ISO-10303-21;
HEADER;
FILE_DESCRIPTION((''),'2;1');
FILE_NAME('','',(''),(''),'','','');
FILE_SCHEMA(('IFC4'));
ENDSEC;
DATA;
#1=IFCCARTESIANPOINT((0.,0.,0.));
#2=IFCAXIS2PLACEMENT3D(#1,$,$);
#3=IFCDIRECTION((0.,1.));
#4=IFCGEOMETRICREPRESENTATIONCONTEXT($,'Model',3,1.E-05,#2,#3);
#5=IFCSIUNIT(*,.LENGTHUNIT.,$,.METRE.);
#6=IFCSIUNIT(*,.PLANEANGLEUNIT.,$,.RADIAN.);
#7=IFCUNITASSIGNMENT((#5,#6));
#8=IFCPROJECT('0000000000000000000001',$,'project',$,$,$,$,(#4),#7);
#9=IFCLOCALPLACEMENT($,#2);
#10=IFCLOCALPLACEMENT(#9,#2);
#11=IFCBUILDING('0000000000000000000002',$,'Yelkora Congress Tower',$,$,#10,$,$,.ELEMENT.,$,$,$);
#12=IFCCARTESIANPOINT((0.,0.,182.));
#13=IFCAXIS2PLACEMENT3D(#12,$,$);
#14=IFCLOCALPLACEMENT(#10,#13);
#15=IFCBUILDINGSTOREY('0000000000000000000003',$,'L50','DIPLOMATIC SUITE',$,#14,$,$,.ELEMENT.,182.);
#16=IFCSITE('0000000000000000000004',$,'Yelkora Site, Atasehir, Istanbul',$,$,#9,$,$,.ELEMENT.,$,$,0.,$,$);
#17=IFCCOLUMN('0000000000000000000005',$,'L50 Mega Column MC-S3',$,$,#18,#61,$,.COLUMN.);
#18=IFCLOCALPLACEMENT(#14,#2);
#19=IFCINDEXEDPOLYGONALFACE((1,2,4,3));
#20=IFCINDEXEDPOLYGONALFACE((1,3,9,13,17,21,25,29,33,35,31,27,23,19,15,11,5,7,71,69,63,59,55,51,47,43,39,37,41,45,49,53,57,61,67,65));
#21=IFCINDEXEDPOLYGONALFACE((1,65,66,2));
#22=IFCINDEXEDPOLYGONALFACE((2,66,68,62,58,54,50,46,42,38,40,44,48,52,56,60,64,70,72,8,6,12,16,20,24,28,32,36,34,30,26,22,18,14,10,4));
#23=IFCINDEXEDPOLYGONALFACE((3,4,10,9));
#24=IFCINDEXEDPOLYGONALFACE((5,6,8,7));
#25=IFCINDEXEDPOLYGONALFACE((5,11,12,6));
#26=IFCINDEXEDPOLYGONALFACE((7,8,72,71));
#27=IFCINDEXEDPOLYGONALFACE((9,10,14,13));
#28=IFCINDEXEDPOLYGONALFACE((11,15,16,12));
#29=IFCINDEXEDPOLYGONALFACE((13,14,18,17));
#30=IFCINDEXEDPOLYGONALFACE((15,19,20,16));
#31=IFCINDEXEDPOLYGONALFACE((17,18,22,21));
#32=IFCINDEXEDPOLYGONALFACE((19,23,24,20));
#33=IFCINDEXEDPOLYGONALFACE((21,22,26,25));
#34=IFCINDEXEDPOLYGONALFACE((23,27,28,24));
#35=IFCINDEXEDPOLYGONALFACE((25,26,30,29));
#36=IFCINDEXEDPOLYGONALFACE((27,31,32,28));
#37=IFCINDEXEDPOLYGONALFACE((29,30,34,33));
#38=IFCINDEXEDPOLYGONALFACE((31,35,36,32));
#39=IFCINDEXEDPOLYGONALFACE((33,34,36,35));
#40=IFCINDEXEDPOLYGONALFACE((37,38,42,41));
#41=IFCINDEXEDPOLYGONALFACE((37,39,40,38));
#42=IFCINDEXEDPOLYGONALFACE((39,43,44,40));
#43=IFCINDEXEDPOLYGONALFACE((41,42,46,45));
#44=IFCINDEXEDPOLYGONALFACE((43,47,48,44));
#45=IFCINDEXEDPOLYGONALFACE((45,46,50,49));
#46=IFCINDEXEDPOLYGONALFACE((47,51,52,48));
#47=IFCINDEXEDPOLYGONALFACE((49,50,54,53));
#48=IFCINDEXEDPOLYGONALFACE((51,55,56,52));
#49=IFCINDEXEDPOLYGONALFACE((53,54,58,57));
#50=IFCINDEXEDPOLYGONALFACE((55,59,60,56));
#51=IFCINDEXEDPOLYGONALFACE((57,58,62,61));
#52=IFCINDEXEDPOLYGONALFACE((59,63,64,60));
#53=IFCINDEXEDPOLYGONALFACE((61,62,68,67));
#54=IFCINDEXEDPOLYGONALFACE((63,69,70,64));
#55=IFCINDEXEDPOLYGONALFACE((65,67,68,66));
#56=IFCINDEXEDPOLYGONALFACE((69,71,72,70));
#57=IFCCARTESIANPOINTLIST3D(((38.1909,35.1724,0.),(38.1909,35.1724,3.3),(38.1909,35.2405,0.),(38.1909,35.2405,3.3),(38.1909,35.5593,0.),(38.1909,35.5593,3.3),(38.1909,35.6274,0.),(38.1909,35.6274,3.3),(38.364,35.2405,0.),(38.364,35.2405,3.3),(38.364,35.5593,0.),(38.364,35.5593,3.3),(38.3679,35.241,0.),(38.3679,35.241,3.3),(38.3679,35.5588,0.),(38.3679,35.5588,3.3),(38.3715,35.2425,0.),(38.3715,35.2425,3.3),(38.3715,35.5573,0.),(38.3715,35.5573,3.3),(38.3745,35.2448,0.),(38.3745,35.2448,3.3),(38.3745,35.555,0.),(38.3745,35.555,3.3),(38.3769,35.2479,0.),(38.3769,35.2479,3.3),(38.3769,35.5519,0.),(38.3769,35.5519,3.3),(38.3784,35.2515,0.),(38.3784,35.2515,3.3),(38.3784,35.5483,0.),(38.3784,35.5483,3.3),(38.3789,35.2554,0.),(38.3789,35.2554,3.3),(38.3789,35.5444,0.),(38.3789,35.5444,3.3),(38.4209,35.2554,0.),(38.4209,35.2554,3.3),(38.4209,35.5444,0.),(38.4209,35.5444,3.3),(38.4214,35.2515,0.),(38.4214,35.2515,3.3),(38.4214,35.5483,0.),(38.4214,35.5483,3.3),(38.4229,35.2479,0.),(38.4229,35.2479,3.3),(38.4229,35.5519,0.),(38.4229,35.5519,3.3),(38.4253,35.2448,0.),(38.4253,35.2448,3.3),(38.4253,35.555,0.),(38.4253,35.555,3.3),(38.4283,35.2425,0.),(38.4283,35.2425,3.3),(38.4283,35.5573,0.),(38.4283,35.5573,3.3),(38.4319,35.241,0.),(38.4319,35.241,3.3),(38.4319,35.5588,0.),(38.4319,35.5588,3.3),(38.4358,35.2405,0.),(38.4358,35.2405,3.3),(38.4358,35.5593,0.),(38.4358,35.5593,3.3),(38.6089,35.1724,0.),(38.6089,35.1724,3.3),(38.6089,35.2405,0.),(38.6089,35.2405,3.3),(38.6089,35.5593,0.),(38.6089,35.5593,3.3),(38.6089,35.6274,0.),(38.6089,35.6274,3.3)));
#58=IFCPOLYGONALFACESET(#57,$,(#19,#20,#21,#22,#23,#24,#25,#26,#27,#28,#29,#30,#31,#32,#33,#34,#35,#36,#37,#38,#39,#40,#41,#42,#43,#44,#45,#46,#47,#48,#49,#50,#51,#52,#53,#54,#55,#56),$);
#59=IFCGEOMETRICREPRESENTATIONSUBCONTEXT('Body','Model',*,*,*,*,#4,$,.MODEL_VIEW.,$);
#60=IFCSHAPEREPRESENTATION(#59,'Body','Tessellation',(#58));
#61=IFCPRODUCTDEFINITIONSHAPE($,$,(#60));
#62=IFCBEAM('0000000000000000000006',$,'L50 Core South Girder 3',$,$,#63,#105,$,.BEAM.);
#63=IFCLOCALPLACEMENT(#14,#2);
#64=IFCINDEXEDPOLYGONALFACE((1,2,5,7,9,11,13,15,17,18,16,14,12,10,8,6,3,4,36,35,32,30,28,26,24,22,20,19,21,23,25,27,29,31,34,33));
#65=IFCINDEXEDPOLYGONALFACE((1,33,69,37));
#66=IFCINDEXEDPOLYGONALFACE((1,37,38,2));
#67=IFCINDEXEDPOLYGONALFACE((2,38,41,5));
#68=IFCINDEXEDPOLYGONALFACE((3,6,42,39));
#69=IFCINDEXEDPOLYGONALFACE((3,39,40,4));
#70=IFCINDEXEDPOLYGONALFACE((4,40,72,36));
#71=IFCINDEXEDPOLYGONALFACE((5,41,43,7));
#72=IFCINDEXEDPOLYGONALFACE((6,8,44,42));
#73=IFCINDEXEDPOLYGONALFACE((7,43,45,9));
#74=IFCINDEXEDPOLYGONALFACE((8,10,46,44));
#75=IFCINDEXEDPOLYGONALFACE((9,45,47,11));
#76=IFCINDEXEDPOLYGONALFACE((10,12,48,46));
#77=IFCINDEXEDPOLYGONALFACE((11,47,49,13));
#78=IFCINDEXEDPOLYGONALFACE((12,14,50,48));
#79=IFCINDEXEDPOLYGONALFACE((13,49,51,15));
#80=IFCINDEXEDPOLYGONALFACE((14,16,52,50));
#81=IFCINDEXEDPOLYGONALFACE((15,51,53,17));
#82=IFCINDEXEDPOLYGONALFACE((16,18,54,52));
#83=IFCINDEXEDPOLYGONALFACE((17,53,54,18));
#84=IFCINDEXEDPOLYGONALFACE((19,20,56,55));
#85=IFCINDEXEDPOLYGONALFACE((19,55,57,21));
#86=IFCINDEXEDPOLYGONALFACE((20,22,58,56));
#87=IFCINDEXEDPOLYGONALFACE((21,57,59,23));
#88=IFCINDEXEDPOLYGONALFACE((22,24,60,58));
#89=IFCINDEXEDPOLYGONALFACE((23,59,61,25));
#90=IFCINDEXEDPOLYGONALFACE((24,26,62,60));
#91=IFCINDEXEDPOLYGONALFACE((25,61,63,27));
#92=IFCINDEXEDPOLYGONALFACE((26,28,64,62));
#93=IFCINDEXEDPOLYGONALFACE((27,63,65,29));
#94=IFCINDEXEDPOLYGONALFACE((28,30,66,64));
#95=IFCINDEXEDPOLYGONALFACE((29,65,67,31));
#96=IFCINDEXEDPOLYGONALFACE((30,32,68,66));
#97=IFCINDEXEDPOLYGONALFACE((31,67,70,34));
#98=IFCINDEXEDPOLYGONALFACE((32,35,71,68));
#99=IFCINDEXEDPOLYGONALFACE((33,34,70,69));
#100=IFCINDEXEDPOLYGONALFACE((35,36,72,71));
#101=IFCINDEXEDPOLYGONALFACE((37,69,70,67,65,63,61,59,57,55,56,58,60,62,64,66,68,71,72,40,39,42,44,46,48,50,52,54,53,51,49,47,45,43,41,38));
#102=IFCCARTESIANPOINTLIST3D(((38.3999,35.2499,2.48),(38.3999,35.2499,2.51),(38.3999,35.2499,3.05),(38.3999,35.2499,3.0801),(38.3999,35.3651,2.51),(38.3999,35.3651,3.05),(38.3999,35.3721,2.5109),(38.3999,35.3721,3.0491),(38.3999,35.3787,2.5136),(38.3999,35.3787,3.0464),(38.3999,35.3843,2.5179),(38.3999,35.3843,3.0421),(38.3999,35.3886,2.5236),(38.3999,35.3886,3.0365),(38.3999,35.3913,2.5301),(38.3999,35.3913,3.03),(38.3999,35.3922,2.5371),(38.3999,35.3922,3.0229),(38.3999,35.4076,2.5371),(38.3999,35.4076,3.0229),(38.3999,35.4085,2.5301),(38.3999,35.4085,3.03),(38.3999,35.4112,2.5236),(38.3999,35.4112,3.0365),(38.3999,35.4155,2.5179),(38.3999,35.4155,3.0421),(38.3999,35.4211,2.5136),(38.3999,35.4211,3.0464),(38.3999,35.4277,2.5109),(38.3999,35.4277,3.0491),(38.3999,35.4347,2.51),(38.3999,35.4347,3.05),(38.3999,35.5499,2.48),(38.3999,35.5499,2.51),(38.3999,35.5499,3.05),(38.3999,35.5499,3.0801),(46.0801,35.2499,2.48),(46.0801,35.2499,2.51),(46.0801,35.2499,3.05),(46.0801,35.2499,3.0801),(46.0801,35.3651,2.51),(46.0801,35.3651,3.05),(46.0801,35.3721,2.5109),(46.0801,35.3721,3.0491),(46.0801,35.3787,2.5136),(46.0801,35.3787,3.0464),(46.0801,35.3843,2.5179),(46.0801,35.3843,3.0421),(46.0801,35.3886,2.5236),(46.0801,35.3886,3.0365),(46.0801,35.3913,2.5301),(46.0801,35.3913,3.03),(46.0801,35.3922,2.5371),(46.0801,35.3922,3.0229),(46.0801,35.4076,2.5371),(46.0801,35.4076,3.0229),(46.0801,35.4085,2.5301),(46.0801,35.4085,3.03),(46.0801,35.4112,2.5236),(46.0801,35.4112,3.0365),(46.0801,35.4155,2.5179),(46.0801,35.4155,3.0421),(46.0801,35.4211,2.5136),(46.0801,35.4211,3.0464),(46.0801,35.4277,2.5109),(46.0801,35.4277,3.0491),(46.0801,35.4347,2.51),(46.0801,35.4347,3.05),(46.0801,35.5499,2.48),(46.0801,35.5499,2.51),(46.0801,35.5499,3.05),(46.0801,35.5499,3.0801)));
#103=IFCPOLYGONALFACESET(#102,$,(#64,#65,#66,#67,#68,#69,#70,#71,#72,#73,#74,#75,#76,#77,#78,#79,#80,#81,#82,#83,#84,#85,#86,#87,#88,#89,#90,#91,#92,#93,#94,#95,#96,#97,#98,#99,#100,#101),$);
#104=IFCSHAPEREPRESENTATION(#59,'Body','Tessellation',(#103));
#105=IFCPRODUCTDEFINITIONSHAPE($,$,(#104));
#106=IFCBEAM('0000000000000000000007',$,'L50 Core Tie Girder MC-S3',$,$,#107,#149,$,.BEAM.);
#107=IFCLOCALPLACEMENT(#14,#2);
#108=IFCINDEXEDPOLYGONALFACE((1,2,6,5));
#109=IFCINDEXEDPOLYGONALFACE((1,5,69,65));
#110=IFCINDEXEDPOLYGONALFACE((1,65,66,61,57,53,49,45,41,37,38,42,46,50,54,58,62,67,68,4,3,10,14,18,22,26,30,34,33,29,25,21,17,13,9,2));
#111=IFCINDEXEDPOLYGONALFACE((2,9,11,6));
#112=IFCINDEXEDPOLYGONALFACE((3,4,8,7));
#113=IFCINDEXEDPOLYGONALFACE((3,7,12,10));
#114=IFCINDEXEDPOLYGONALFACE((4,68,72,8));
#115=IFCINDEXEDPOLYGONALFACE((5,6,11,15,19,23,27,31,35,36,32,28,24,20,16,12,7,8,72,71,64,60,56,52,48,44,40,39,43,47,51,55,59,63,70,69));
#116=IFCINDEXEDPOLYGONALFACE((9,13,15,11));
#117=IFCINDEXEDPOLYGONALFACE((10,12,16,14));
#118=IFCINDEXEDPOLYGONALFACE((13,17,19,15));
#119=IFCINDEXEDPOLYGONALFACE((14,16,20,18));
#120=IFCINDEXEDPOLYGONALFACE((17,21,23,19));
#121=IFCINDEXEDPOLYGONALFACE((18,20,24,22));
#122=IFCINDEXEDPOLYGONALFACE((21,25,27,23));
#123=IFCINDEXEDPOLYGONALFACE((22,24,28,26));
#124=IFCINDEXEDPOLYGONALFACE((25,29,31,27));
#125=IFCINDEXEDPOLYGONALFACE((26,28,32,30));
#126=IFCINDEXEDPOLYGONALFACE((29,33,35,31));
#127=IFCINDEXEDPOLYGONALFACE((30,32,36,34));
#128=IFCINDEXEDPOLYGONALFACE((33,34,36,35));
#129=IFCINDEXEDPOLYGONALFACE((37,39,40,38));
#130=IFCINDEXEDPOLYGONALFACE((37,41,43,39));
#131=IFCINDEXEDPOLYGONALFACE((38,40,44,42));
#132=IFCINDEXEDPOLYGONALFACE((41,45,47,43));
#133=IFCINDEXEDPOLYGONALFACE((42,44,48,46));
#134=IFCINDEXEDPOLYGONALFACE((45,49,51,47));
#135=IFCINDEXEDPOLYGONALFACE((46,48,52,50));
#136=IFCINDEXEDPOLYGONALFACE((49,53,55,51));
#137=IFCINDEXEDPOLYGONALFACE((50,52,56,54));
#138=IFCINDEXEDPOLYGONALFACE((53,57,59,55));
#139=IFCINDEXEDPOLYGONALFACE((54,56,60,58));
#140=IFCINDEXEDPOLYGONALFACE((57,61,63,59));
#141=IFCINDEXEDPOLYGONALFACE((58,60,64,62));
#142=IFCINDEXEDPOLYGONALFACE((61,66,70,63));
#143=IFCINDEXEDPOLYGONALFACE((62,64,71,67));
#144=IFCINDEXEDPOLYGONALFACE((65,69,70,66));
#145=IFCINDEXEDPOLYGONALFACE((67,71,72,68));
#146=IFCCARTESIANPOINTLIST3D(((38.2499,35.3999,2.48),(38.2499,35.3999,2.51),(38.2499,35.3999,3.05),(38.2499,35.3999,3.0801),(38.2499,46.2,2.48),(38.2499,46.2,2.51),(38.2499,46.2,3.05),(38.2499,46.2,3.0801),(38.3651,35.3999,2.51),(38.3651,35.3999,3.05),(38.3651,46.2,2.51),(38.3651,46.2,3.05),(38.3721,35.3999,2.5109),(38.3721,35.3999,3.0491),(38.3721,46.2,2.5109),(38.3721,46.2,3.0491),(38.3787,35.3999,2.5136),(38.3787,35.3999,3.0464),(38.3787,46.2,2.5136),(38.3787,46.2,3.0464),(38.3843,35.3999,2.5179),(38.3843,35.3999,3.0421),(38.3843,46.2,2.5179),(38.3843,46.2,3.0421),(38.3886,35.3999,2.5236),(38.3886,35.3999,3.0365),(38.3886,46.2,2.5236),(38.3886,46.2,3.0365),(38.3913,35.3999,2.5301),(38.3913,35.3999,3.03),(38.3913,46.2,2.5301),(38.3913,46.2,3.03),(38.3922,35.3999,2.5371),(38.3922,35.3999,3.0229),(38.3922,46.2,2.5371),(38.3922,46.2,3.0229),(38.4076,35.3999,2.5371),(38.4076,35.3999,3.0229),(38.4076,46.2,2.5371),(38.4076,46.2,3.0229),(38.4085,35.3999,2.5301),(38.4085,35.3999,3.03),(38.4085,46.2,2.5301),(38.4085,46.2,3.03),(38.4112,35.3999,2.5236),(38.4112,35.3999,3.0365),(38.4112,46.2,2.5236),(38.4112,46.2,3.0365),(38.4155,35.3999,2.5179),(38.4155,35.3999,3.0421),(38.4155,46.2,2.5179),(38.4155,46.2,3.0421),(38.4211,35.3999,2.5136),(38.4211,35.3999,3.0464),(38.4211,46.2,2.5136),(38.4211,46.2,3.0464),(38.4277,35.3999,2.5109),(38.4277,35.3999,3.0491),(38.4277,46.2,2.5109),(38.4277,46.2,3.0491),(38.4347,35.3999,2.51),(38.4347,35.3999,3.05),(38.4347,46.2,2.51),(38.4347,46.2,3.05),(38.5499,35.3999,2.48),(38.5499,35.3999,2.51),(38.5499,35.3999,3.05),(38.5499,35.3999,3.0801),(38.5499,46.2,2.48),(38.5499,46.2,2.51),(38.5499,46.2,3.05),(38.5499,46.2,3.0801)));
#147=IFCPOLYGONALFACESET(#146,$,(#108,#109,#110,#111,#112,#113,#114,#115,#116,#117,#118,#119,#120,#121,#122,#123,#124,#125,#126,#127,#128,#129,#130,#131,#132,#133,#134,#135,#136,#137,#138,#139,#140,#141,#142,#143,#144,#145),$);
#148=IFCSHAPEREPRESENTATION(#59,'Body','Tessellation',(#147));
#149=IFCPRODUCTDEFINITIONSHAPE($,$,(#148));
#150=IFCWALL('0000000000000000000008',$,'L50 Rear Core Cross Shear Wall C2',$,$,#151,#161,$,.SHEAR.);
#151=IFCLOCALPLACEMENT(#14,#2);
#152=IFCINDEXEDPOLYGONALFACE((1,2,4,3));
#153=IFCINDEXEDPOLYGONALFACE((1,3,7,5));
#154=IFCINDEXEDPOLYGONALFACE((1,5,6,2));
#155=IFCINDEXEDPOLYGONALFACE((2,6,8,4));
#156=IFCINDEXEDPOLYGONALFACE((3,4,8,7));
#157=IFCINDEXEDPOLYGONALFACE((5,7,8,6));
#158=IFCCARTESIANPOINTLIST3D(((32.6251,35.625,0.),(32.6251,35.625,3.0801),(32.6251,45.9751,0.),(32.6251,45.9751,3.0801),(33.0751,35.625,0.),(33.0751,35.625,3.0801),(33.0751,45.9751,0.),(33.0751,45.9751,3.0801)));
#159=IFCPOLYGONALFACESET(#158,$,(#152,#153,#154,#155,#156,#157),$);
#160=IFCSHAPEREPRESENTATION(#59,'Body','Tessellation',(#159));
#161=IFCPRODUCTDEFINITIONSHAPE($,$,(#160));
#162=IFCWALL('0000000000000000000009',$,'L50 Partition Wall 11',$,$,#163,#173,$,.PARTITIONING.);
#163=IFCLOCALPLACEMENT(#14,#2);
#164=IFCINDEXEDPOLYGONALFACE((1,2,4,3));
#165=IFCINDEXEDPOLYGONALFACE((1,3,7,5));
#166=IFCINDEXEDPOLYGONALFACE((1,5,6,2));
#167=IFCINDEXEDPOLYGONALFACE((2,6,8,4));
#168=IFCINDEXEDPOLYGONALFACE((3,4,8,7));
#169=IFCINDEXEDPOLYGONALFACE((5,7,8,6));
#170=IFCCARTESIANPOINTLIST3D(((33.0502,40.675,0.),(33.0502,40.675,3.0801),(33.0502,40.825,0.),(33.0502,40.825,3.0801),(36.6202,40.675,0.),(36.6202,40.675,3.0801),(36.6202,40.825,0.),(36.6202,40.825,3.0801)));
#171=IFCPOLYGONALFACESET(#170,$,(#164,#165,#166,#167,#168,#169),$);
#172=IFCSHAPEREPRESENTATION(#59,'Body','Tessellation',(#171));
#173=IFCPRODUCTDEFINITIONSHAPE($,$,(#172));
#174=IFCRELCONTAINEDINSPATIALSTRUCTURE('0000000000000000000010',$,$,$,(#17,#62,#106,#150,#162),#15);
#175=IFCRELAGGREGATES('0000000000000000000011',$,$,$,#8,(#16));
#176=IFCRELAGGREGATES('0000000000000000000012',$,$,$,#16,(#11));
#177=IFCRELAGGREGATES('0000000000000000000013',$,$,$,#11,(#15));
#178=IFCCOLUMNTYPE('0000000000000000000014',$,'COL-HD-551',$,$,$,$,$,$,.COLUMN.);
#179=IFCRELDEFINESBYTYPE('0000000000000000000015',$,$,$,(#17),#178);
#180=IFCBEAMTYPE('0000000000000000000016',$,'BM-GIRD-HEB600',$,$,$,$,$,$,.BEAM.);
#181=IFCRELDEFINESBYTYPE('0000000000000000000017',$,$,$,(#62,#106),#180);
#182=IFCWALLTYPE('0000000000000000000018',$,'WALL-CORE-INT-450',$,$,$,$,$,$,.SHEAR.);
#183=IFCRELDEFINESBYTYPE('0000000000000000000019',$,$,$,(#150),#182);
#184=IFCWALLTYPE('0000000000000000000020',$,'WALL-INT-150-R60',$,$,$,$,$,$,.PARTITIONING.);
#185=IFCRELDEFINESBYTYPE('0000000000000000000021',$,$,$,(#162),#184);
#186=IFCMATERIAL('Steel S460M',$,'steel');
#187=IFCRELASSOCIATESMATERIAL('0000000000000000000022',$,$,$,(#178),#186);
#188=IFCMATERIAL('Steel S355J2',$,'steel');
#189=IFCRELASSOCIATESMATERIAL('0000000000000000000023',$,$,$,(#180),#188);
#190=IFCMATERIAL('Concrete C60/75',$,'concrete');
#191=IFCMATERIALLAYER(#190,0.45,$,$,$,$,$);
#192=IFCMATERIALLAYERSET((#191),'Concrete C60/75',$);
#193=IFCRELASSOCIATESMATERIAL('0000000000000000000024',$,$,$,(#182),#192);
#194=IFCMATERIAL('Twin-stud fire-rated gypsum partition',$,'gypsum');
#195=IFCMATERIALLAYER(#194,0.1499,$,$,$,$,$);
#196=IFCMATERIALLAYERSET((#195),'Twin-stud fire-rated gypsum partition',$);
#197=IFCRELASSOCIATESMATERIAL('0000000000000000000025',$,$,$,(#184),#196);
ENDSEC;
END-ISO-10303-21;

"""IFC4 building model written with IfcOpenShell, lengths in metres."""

from ifc_helpers import new_model, si_unit, direction, frame, frame_2d, origin, origin_2d, place, context, subcontext, project, spatial, rectangle, i_section, extrude, material, layer, layer_set, material_profile, profile_set, type_object, element, save


model = new_model("IFC4")

# Units and contexts
model_context = context("Model", 3, precision=1e-05, world=origin(), true_north=direction((0.0, 1.0)))
body_context = subcontext(model_context, "Body", "Model", "MODEL_VIEW")
ifc_project = project(units=[si_unit("LENGTHUNIT", "METRE"), si_unit("PLANEANGLEUNIT", "RADIAN")], contexts=[model_context])

# Site, building, storey
site_placement = place(None, origin())
site = spatial("IfcSite", under=ifc_project, at=site_placement, Name="Yelkora Site, Atasehir, Istanbul", CompositionType="ELEMENT", RefElevation=0.0)
building_placement = place(site_placement, origin())
building = spatial("IfcBuilding", under=site, at=building_placement, Name="Yelkora Congress Tower", CompositionType="ELEMENT")
storey_placement = place(building_placement, frame((0.0, 0.0, 182.0)))
storey = spatial("IfcBuildingStorey", under=building, at=storey_placement, Name="L50", Description="DIPLOMATIC SUITE", CompositionType="ELEMENT", Elevation=182.0)

# Column
ifc_material_1 = material(Name="Steel S460M", Category="steel")
ifc_material_profile_1 = material_profile(ifc_material_1, i_section(OverallWidth=0.418, OverallDepth=0.4551, WebThickness=0.042, FlangeThickness=0.0681, FilletRadius=0.0149, at=origin_2d()), Name="HD 400x551")
ifc_profile_set_1 = profile_set([ifc_material_profile_1], Name="Steel S460M")
column_type = type_object("IfcColumnType", Name="COL-HD-551", PredefinedType="COLUMN", material=ifc_profile_set_1)
column_placement = place(storey_placement, frame((38.3999, 35.3999, 0.0), z_axis=(0.0, 0.0, 1.0), x_axis=(1.0, 0.0, 0.0)))
element("IfcColumn", 1, at=column_placement, inside=storey, type_object=column_type, Name="L50 Mega Column MC-S3", PredefinedType="COLUMN", context=body_context, shape_type="SweptSolid", body=[
    extrude(i_section(OverallWidth=0.418, OverallDepth=0.4551, WebThickness=0.042, FlangeThickness=0.0681, FilletRadius=0.0149, at=origin_2d()), origin(), (0.0, 0.0, 1.0), 3.3),
])

# Beams
ifc_material_2 = material(Name="Steel S355J2", Category="steel")
ifc_material_profile_2 = material_profile(ifc_material_2, i_section(OverallWidth=0.3, OverallDepth=0.6001, WebThickness=0.0154, FlangeThickness=0.03, FilletRadius=0.0271, at=origin_2d()), Name="HEB 600")
ifc_profile_set_2 = profile_set([ifc_material_profile_2], Name="Steel S355J2")
beam_type = type_object("IfcBeamType", Name="BM-GIRD-HEB600", PredefinedType="BEAM", material=ifc_profile_set_2)
beam_1_placement = place(storey_placement, frame((38.3999, 35.3999, 2.78), z_axis=(1.0, 0.0, 0.0), x_axis=(0.0, 1.0, 0.0)))
element("IfcBeam", 2, at=beam_1_placement, inside=storey, type_object=beam_type, Name="L50 Core South Girder 3", PredefinedType="BEAM", context=body_context, shape_type="SweptSolid", body=[
    extrude(i_section(OverallWidth=0.3, OverallDepth=0.6001, WebThickness=0.0154, FlangeThickness=0.03, FilletRadius=0.0271, at=origin_2d()), origin(), (0.0, 0.0, 1.0), 7.6802),
])
beam_2_placement = place(storey_placement, frame((38.3999, 35.3999, 2.78), z_axis=(0.0, 1.0, 0.0), x_axis=(-1.0, 0.0, 0.0)))
element("IfcBeam", 3, at=beam_2_placement, inside=storey, type_object=beam_type, Name="L50 Core Tie Girder MC-S3", PredefinedType="BEAM", context=body_context, shape_type="SweptSolid", body=[
    extrude(i_section(OverallWidth=0.3, OverallDepth=0.6001, WebThickness=0.0154, FlangeThickness=0.03, FilletRadius=0.0271, at=origin_2d()), origin(), (0.0, 0.0, 1.0), 10.8),
])

# Shared definitions
ifc_material_3 = material(Name="Concrete C60/75", Category="concrete")
ifc_layer_1 = layer(ifc_material_3, 0.45)
ifc_layer_set_1 = layer_set([ifc_layer_1], Name="Concrete C60/75")
wall_type_1 = type_object("IfcWallType", Name="WALL-CORE-INT-450", PredefinedType="SHEAR", material=ifc_layer_set_1)

# Walls
wall_1_placement = place(storey_placement, frame((32.8501, 35.625, 0.0), z_axis=(0.0, 0.0, 1.0), x_axis=(0.0, 1.0, 0.0)))
element("IfcWall", 4, at=wall_1_placement, inside=storey, type_object=wall_type_1, Name="L50 Rear Core Cross Shear Wall C2", PredefinedType="SHEAR", context=body_context, shape_type="SweptSolid", body=[
    extrude(rectangle(XDim=10.3501, YDim=0.45, at=frame_2d((5.175, 0.0))), origin(), (0.0, 0.0, 1.0), 3.0801),
])
ifc_material_4 = material(Name="Twin-stud fire-rated gypsum partition", Category="gypsum")
ifc_layer_2 = layer(ifc_material_4, 0.1499)
ifc_layer_set_2 = layer_set([ifc_layer_2], Name="Twin-stud fire-rated gypsum partition")
wall_type_2 = type_object("IfcWallType", Name="WALL-INT-150-R60", PredefinedType="PARTITIONING", material=ifc_layer_set_2)
wall_2_placement = place(storey_placement, frame((33.05, 40.75, 0.0), z_axis=(0.0, 0.0, 1.0), x_axis=(1.0, 0.0, 0.0)))
element("IfcWall", 5, at=wall_2_placement, inside=storey, type_object=wall_type_2, Name="L50 Partition Wall 11", PredefinedType="PARTITIONING", context=body_context, shape_type="SweptSolid", body=[
    extrude(rectangle(XDim=3.5701, YDim=0.1499, at=frame_2d((1.7852, 0.0))), origin(), (0.0, 0.0, 1.0), 3.0801),
])

save(model, "model.ifc")
